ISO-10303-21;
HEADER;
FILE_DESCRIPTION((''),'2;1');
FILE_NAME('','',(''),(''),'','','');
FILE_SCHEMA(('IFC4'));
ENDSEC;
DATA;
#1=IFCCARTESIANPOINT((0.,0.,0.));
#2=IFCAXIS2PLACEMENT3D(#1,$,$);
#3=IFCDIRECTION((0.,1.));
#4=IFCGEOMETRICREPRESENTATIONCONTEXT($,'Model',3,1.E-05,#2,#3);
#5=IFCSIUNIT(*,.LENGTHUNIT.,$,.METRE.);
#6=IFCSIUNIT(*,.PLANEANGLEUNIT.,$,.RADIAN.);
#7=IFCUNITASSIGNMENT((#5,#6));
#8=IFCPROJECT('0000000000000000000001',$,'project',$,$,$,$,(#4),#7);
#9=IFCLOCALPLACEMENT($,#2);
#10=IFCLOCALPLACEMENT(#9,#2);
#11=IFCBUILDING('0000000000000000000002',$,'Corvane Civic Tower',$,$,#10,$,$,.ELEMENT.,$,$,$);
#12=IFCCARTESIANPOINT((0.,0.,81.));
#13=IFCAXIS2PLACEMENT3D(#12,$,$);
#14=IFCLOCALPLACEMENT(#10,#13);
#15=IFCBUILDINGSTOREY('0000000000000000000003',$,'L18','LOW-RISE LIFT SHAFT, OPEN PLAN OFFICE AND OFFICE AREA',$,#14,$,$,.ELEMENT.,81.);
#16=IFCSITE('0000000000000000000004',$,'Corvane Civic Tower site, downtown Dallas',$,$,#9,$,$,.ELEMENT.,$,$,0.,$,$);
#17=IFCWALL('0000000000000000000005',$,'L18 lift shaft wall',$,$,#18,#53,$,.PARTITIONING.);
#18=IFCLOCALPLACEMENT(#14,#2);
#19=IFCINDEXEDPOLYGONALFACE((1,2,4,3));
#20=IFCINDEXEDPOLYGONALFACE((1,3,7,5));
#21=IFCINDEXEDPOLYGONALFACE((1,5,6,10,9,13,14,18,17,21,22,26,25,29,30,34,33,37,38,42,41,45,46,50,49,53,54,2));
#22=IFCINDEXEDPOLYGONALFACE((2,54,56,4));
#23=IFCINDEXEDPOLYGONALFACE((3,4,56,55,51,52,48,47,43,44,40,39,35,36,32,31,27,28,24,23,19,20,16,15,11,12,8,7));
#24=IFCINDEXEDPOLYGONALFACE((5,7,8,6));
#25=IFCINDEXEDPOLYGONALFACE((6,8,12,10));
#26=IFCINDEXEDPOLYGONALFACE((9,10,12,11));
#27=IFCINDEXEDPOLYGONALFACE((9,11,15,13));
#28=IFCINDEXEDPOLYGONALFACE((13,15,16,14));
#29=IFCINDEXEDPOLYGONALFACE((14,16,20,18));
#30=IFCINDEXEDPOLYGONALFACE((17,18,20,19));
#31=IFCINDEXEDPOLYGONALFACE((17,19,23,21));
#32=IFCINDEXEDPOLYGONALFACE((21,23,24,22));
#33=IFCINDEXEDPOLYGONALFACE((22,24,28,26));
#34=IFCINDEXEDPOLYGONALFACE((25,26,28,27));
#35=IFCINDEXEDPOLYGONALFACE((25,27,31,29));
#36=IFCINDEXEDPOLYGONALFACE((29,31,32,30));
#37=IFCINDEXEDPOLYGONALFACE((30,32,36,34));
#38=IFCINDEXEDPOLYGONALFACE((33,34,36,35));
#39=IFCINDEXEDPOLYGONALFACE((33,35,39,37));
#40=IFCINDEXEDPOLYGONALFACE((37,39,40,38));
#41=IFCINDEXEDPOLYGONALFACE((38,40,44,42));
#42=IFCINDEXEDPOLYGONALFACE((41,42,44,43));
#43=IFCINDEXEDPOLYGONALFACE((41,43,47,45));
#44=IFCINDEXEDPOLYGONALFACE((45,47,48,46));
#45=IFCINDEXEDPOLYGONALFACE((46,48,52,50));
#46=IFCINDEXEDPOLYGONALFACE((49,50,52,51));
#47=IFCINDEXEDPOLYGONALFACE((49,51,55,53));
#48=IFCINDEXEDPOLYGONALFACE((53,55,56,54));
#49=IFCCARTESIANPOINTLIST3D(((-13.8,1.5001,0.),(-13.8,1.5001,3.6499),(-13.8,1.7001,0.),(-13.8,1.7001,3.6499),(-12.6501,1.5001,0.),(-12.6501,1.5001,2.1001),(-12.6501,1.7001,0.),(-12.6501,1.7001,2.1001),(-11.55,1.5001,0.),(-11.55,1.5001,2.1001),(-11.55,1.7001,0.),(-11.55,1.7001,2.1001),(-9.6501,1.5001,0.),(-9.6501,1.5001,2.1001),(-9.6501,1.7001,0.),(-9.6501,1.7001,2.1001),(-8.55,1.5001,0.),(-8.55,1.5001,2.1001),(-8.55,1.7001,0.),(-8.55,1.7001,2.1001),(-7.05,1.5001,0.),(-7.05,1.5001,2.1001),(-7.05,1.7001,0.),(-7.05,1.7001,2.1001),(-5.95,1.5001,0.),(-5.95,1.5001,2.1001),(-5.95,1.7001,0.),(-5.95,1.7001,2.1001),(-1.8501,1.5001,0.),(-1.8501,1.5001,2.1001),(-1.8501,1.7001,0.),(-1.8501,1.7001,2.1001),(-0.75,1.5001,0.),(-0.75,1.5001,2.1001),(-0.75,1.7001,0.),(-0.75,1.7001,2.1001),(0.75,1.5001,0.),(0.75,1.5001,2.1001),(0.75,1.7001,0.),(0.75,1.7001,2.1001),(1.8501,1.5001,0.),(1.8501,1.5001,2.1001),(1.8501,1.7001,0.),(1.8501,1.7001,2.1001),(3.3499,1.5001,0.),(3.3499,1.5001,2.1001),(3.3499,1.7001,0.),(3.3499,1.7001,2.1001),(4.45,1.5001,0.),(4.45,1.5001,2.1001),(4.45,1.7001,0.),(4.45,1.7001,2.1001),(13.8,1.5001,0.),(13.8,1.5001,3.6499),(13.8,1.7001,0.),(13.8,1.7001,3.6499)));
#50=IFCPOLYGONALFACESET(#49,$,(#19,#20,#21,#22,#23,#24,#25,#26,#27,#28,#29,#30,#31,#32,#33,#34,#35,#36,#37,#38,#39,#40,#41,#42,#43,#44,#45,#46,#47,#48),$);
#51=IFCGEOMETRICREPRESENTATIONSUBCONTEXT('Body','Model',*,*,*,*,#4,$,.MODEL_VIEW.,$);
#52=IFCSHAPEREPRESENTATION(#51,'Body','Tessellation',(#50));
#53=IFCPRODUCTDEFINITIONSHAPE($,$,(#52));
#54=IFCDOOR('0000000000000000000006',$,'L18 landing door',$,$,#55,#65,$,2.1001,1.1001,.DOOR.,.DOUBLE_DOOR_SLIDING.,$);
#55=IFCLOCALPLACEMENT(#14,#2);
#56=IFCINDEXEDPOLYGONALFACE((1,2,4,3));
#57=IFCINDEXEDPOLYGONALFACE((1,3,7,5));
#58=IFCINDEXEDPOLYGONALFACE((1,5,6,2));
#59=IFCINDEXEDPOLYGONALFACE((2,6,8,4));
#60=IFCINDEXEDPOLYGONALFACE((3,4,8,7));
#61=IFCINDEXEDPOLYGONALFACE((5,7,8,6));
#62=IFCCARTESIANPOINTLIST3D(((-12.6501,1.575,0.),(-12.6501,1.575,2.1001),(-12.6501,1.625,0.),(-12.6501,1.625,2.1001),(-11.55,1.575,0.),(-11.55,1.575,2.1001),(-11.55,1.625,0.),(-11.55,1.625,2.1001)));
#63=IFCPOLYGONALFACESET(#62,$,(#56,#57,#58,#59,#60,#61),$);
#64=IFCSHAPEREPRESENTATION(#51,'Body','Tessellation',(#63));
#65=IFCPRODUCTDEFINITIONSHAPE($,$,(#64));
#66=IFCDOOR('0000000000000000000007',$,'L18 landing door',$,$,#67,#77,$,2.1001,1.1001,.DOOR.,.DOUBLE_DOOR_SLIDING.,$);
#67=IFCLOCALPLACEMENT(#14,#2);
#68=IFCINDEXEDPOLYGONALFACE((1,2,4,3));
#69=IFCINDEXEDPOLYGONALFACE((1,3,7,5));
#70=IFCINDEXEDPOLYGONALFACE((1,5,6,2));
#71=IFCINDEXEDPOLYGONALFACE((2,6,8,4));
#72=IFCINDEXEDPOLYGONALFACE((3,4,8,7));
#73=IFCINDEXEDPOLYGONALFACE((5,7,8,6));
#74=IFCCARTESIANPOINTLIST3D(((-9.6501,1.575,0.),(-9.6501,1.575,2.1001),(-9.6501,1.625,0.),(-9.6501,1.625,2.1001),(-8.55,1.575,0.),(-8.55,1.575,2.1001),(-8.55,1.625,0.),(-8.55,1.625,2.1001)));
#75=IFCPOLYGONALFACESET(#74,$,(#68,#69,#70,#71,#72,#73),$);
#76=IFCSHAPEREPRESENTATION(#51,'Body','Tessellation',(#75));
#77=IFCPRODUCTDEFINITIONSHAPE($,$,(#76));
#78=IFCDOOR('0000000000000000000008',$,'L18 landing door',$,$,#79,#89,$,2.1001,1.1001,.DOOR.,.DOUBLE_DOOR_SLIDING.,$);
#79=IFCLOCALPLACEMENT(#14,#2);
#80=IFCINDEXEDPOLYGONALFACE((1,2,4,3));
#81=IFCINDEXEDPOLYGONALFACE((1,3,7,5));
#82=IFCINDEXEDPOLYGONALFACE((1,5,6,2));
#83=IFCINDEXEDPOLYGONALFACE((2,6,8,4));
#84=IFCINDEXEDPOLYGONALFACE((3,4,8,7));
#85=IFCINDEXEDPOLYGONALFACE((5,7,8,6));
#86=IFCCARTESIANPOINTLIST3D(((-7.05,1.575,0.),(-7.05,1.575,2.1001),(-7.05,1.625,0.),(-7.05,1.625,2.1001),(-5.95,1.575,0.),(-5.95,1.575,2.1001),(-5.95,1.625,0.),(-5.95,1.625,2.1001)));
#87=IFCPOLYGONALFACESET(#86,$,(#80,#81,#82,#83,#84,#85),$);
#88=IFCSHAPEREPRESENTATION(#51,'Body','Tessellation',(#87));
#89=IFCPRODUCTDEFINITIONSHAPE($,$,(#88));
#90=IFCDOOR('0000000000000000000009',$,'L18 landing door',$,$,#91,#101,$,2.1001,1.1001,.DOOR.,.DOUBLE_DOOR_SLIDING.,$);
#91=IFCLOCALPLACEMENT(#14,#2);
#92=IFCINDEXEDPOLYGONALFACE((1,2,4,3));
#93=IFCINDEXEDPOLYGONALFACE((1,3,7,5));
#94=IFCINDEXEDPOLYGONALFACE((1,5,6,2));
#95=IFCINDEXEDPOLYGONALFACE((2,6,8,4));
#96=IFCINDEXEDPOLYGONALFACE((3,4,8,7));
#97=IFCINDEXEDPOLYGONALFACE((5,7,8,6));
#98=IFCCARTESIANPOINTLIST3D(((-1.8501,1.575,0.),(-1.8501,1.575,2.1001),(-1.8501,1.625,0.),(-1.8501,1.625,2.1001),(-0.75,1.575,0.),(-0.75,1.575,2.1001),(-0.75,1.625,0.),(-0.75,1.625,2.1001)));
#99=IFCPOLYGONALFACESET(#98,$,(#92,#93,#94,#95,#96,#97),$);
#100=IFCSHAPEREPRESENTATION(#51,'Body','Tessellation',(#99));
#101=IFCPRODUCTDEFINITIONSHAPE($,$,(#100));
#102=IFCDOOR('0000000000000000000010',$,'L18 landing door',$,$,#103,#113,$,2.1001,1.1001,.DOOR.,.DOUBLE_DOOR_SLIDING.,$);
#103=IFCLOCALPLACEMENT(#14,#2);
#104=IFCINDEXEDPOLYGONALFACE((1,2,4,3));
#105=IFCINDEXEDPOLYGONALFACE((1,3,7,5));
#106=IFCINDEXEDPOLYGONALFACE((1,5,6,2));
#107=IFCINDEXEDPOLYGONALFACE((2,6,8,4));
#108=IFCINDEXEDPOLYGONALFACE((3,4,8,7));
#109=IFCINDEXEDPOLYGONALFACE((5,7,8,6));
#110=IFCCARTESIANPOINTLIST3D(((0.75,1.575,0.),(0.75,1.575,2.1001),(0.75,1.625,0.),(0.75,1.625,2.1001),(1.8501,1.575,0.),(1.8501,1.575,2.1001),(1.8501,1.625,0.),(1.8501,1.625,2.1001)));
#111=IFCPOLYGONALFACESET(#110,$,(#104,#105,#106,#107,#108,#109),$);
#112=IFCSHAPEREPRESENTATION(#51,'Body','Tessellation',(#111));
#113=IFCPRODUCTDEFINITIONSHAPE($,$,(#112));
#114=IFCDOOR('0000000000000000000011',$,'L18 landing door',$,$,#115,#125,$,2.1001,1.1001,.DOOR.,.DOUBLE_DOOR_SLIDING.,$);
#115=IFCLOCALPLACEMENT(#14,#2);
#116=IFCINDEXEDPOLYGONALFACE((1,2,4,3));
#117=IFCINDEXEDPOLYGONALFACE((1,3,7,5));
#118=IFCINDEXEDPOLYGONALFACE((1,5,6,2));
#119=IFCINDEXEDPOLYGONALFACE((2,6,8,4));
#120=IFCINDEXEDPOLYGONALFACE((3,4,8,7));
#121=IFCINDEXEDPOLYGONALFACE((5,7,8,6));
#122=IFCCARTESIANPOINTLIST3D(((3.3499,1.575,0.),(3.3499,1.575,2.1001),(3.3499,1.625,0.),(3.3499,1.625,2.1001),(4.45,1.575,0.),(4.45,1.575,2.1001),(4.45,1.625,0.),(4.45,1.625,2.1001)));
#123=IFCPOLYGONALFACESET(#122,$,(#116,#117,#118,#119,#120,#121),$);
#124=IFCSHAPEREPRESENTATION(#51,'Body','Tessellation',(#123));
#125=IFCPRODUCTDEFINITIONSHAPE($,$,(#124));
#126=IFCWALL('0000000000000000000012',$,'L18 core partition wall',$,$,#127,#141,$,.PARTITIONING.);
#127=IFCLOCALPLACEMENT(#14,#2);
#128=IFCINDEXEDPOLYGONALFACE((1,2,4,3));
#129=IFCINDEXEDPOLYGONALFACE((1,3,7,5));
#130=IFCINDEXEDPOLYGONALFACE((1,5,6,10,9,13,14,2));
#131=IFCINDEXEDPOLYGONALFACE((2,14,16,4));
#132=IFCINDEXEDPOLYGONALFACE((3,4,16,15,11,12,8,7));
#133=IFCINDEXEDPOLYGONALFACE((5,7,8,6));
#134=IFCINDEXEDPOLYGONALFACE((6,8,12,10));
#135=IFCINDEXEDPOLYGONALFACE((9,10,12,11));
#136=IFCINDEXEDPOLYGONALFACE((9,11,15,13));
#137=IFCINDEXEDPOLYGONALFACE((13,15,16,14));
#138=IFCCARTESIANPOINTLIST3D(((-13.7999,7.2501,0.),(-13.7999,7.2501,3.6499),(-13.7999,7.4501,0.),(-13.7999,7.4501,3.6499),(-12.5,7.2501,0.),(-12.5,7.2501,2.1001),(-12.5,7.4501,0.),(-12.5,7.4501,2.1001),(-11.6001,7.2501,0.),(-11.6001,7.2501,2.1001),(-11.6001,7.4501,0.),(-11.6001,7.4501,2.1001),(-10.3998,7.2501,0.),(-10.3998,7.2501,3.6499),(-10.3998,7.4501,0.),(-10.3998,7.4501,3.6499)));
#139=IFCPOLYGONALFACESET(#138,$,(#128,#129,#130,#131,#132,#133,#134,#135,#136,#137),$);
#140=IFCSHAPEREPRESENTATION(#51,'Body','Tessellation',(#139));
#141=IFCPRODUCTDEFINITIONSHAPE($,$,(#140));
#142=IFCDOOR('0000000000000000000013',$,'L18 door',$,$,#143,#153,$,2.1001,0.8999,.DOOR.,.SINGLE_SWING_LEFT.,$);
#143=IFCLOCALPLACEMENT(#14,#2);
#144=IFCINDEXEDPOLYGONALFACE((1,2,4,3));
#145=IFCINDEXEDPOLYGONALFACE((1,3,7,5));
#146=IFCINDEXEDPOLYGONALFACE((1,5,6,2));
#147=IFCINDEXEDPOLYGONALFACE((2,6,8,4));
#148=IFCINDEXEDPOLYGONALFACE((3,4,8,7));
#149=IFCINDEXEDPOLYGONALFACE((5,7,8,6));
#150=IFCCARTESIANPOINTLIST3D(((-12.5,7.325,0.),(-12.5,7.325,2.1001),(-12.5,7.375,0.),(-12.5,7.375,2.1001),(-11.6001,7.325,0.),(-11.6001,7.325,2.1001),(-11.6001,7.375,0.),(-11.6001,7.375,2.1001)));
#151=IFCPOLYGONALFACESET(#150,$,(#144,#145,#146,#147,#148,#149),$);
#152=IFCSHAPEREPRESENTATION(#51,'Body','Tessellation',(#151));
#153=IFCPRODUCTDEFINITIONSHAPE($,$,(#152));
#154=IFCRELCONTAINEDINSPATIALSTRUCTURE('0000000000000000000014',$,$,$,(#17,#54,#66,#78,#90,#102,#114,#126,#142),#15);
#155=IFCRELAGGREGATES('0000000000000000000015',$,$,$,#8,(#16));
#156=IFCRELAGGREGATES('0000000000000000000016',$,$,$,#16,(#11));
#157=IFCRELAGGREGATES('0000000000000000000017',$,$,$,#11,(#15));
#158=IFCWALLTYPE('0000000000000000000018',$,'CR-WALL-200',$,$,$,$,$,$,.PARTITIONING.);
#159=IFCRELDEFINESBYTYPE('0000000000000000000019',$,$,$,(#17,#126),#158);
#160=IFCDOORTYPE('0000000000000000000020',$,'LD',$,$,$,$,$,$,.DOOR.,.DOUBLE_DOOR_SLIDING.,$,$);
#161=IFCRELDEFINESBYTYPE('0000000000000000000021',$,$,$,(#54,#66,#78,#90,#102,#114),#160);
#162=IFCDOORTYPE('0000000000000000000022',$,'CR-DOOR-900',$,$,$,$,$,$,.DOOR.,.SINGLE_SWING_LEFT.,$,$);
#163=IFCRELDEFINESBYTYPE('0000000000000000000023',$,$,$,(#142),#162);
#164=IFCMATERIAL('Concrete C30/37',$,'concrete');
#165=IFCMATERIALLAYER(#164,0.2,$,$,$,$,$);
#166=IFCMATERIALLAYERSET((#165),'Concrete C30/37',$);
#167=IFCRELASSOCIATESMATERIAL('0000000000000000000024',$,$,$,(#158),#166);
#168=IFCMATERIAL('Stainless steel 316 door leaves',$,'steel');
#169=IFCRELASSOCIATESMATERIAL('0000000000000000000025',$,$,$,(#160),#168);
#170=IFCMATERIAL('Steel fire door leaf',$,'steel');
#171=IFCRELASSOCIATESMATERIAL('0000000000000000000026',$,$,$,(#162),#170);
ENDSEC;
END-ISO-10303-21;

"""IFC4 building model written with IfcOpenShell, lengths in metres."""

from ifc_helpers import new_model, si_unit, direction, frame, frame_2d, origin, place, context, subcontext, project, spatial, rectangle, extrude, material, layer, layer_set, type_object, element, fill, save


model = new_model("IFC4")

# Units and contexts
model_context = context("Model", 3, precision=1e-05, world=origin(), true_north=direction((0.0, 1.0)))
body_context = subcontext(model_context, "Body", "Model", "MODEL_VIEW")
ifc_project = project(units=[si_unit("LENGTHUNIT", "METRE"), si_unit("PLANEANGLEUNIT", "RADIAN")], contexts=[model_context])

# Site, building, storey
site_placement = place(None, origin())
site = spatial("IfcSite", under=ifc_project, at=site_placement, Name="Corvane Civic Tower site, downtown Dallas", CompositionType="ELEMENT", RefElevation=0.0)
building_placement = place(site_placement, origin())
building = spatial("IfcBuilding", under=site, at=building_placement, Name="Corvane Civic Tower", CompositionType="ELEMENT")
storey_placement = place(building_placement, frame((0.0, 0.0, 81.0)))
storey = spatial("IfcBuildingStorey", under=building, at=storey_placement, Name="L18", Description="LOW-RISE LIFT SHAFT, OPEN PLAN OFFICE AND OFFICE AREA", CompositionType="ELEMENT", Elevation=81.0)

# Wall, openings, doors
ifc_material_1 = material(Name="Concrete C30/37", Category="concrete")
ifc_layer_1 = layer(ifc_material_1, 0.2)
ifc_layer_set_1 = layer_set([ifc_layer_1], Name="Concrete C30/37")
wall_type_1 = type_object("IfcWallType", Name="CR-WALL-200", PredefinedType="PARTITIONING", material=ifc_layer_set_1)
wall_1_placement = place(storey_placement, frame((-13.8, 1.6001, 0.0), z_axis=(0.0, 0.0, 1.0), x_axis=(1.0, 0.0, 0.0)))
wall_1 = element("IfcWall", 1, at=wall_1_placement, inside=storey, type_object=wall_type_1, Name="L18 lift shaft wall", PredefinedType="PARTITIONING", context=body_context, shape_type="SweptSolid", body=[
    extrude(rectangle(XDim=27.6001, YDim=0.2, at=frame_2d((13.8, 0.0))), origin(), (0.0, 0.0, 1.0), 3.6499),
])
opening_1_placement = place(wall_1_placement, frame((1.1499, 0.0, 0.0)))
opening_1 = element("IfcOpeningElement", 2, at=opening_1_placement, cuts=wall_1, PredefinedType="OPENING", context=body_context, shape_type="SweptSolid", body=[
    extrude(rectangle(XDim=1.1001, YDim=2.1001, at=frame_2d((0.55, 1.05))), frame((0.0, 0.1099, 0.0), z_axis=(0.0, -1.0, 0.0), x_axis=(1.0, 0.0, 0.0)), (0.0, 0.0, 1.0), 0.22),
])
opening_2_placement = place(wall_1_placement, frame((4.1499, 0.0, 0.0)))
opening_2 = element("IfcOpeningElement", 3, at=opening_2_placement, cuts=wall_1, PredefinedType="OPENING", context=body_context, shape_type="SweptSolid", body=[
    extrude(rectangle(XDim=1.1001, YDim=2.1001, at=frame_2d((0.55, 1.05))), frame((0.0, 0.1099, 0.0), z_axis=(0.0, -1.0, 0.0), x_axis=(1.0, 0.0, 0.0)), (0.0, 0.0, 1.0), 0.22),
])
opening_3_placement = place(wall_1_placement, frame((6.75, 0.0, 0.0)))
opening_3 = element("IfcOpeningElement", 4, at=opening_3_placement, cuts=wall_1, PredefinedType="OPENING", context=body_context, shape_type="SweptSolid", body=[
    extrude(rectangle(XDim=1.1001, YDim=2.1001, at=frame_2d((0.55, 1.05))), frame((0.0, 0.1099, 0.0), z_axis=(0.0, -1.0, 0.0), x_axis=(1.0, 0.0, 0.0)), (0.0, 0.0, 1.0), 0.22),
])
opening_4_placement = place(wall_1_placement, frame((11.95, 0.0, 0.0)))
opening_4 = element("IfcOpeningElement", 5, at=opening_4_placement, cuts=wall_1, PredefinedType="OPENING", context=body_context, shape_type="SweptSolid", body=[
    extrude(rectangle(XDim=1.1001, YDim=2.1001, at=frame_2d((0.55, 1.05))), frame((0.0, 0.1099, 0.0), z_axis=(0.0, -1.0, 0.0), x_axis=(1.0, 0.0, 0.0)), (0.0, 0.0, 1.0), 0.22),
])
opening_5_placement = place(wall_1_placement, frame((14.55, 0.0, 0.0)))
opening_5 = element("IfcOpeningElement", 6, at=opening_5_placement, cuts=wall_1, PredefinedType="OPENING", context=body_context, shape_type="SweptSolid", body=[
    extrude(rectangle(XDim=1.1001, YDim=2.1001, at=frame_2d((0.55, 1.05))), frame((0.0, 0.1099, 0.0), z_axis=(0.0, -1.0, 0.0), x_axis=(1.0, 0.0, 0.0)), (0.0, 0.0, 1.0), 0.22),
])
opening_6_placement = place(wall_1_placement, frame((17.1499, 0.0, 0.0)))
opening_6 = element("IfcOpeningElement", 7, at=opening_6_placement, cuts=wall_1, PredefinedType="OPENING", context=body_context, shape_type="SweptSolid", body=[
    extrude(rectangle(XDim=1.1001, YDim=2.1001, at=frame_2d((0.55, 1.05))), frame((0.0, 0.1099, 0.0), z_axis=(0.0, -1.0, 0.0), x_axis=(1.0, 0.0, 0.0)), (0.0, 0.0, 1.0), 0.22),
])
ifc_material_2 = material(Name="Stainless steel 316 door leaves", Category="steel")
door_type_1 = type_object("IfcDoorType", Name="LD", OperationType="DOUBLE_DOOR_SLIDING", PredefinedType="DOOR", material=ifc_material_2)
door_1_placement = place(opening_1_placement, origin())
door_1 = element("IfcDoor", 8, at=door_1_placement, inside=storey, type_object=door_type_1, Name="L18 landing door", OperationType="DOUBLE_DOOR_SLIDING", OverallHeight=2.1001, OverallWidth=1.1001, PredefinedType="DOOR", context=body_context, shape_type="SweptSolid", body=[
    extrude(rectangle(XDim=1.1001, YDim=2.1001, at=frame_2d((0.55, 1.05))), frame((0.0, 0.0249, 0.0), z_axis=(0.0, -1.0, 0.0), x_axis=(1.0, 0.0, 0.0)), (0.0, 0.0, 1.0), 0.05),
])
fill(opening_1, door_1)
door_2_placement = place(opening_2_placement, origin())
door_2 = element("IfcDoor", 9, at=door_2_placement, inside=storey, type_object=door_type_1, Name="L18 landing door", OperationType="DOUBLE_DOOR_SLIDING", OverallHeight=2.1001, OverallWidth=1.1001, PredefinedType="DOOR", context=body_context, shape_type="SweptSolid", body=[
    extrude(rectangle(XDim=1.1001, YDim=2.1001, at=frame_2d((0.55, 1.05))), frame((0.0, 0.0249, 0.0), z_axis=(0.0, -1.0, 0.0), x_axis=(1.0, 0.0, 0.0)), (0.0, 0.0, 1.0), 0.05),
])
fill(opening_2, door_2)
door_3_placement = place(opening_3_placement, origin())
door_3 = element("IfcDoor", 10, at=door_3_placement, inside=storey, type_object=door_type_1, Name="L18 landing door", OperationType="DOUBLE_DOOR_SLIDING", OverallHeight=2.1001, OverallWidth=1.1001, PredefinedType="DOOR", context=body_context, shape_type="SweptSolid", body=[
    extrude(rectangle(XDim=1.1001, YDim=2.1001, at=frame_2d((0.55, 1.05))), frame((0.0, 0.0249, 0.0), z_axis=(0.0, -1.0, 0.0), x_axis=(1.0, 0.0, 0.0)), (0.0, 0.0, 1.0), 0.05),
])
fill(opening_3, door_3)
door_4_placement = place(opening_4_placement, origin())
door_4 = element("IfcDoor", 11, at=door_4_placement, inside=storey, type_object=door_type_1, Name="L18 landing door", OperationType="DOUBLE_DOOR_SLIDING", OverallHeight=2.1001, OverallWidth=1.1001, PredefinedType="DOOR", context=body_context, shape_type="SweptSolid", body=[
    extrude(rectangle(XDim=1.1001, YDim=2.1001, at=frame_2d((0.55, 1.05))), frame((0.0, 0.0249, 0.0), z_axis=(0.0, -1.0, 0.0), x_axis=(1.0, 0.0, 0.0)), (0.0, 0.0, 1.0), 0.05),
])
fill(opening_4, door_4)
door_5_placement = place(opening_5_placement, origin())
door_5 = element("IfcDoor", 12, at=door_5_placement, inside=storey, type_object=door_type_1, Name="L18 landing door", OperationType="DOUBLE_DOOR_SLIDING", OverallHeight=2.1001, OverallWidth=1.1001, PredefinedType="DOOR", context=body_context, shape_type="SweptSolid", body=[
    extrude(rectangle(XDim=1.1001, YDim=2.1001, at=frame_2d((0.55, 1.05))), frame((0.0, 0.0249, 0.0), z_axis=(0.0, -1.0, 0.0), x_axis=(1.0, 0.0, 0.0)), (0.0, 0.0, 1.0), 0.05),
])
fill(opening_5, door_5)
door_6_placement = place(opening_6_placement, origin())
door_6 = element("IfcDoor", 13, at=door_6_placement, inside=storey, type_object=door_type_1, Name="L18 landing door", OperationType="DOUBLE_DOOR_SLIDING", OverallHeight=2.1001, OverallWidth=1.1001, PredefinedType="DOOR", context=body_context, shape_type="SweptSolid", body=[
    extrude(rectangle(XDim=1.1001, YDim=2.1001, at=frame_2d((0.55, 1.05))), frame((0.0, 0.0249, 0.0), z_axis=(0.0, -1.0, 0.0), x_axis=(1.0, 0.0, 0.0)), (0.0, 0.0, 1.0), 0.05),
])
fill(opening_6, door_6)

# Wall, opening, door
wall_2_placement = place(storey_placement, frame((-13.8, 7.3501, 0.0), z_axis=(0.0, 0.0, 1.0), x_axis=(1.0, 0.0, 0.0)))
wall_2 = element("IfcWall", 14, at=wall_2_placement, inside=storey, type_object=wall_type_1, Name="L18 core partition wall", PredefinedType="PARTITIONING", context=body_context, shape_type="SweptSolid", body=[
    extrude(rectangle(XDim=3.4001, YDim=0.2, at=frame_2d((1.7002, 0.0))), origin(), (0.0, 0.0, 1.0), 3.6499),
])
opening_7_placement = place(wall_2_placement, frame((1.3, 0.0, 0.0)))
opening_7 = element("IfcOpeningElement", 15, at=opening_7_placement, cuts=wall_2, PredefinedType="OPENING", context=body_context, shape_type="SweptSolid", body=[
    extrude(rectangle(XDim=0.8999, YDim=2.1001, at=frame_2d((0.45, 1.05))), frame((0.0, 0.1099, 0.0), z_axis=(0.0, -1.0, 0.0), x_axis=(1.0, 0.0, 0.0)), (0.0, 0.0, 1.0), 0.22),
])
ifc_material_3 = material(Name="Steel fire door leaf", Category="steel")
door_type_2 = type_object("IfcDoorType", Name="CR-DOOR-900", OperationType="SINGLE_SWING_LEFT", PredefinedType="DOOR", material=ifc_material_3)
door_7_placement = place(opening_7_placement, origin())
door_7 = element("IfcDoor", 16, at=door_7_placement, inside=storey, type_object=door_type_2, Name="L18 door", OperationType="SINGLE_SWING_LEFT", OverallHeight=2.1001, OverallWidth=0.8999, PredefinedType="DOOR", context=body_context, shape_type="SweptSolid", body=[
    extrude(rectangle(XDim=0.8999, YDim=2.1001, at=frame_2d((0.45, 1.05))), frame((0.0, 0.0249, 0.0), z_axis=(0.0, -1.0, 0.0), x_axis=(1.0, 0.0, 0.0)), (0.0, 0.0, 1.0), 0.05),
])
fill(opening_7, door_7)

save(model, "model.ifc")
